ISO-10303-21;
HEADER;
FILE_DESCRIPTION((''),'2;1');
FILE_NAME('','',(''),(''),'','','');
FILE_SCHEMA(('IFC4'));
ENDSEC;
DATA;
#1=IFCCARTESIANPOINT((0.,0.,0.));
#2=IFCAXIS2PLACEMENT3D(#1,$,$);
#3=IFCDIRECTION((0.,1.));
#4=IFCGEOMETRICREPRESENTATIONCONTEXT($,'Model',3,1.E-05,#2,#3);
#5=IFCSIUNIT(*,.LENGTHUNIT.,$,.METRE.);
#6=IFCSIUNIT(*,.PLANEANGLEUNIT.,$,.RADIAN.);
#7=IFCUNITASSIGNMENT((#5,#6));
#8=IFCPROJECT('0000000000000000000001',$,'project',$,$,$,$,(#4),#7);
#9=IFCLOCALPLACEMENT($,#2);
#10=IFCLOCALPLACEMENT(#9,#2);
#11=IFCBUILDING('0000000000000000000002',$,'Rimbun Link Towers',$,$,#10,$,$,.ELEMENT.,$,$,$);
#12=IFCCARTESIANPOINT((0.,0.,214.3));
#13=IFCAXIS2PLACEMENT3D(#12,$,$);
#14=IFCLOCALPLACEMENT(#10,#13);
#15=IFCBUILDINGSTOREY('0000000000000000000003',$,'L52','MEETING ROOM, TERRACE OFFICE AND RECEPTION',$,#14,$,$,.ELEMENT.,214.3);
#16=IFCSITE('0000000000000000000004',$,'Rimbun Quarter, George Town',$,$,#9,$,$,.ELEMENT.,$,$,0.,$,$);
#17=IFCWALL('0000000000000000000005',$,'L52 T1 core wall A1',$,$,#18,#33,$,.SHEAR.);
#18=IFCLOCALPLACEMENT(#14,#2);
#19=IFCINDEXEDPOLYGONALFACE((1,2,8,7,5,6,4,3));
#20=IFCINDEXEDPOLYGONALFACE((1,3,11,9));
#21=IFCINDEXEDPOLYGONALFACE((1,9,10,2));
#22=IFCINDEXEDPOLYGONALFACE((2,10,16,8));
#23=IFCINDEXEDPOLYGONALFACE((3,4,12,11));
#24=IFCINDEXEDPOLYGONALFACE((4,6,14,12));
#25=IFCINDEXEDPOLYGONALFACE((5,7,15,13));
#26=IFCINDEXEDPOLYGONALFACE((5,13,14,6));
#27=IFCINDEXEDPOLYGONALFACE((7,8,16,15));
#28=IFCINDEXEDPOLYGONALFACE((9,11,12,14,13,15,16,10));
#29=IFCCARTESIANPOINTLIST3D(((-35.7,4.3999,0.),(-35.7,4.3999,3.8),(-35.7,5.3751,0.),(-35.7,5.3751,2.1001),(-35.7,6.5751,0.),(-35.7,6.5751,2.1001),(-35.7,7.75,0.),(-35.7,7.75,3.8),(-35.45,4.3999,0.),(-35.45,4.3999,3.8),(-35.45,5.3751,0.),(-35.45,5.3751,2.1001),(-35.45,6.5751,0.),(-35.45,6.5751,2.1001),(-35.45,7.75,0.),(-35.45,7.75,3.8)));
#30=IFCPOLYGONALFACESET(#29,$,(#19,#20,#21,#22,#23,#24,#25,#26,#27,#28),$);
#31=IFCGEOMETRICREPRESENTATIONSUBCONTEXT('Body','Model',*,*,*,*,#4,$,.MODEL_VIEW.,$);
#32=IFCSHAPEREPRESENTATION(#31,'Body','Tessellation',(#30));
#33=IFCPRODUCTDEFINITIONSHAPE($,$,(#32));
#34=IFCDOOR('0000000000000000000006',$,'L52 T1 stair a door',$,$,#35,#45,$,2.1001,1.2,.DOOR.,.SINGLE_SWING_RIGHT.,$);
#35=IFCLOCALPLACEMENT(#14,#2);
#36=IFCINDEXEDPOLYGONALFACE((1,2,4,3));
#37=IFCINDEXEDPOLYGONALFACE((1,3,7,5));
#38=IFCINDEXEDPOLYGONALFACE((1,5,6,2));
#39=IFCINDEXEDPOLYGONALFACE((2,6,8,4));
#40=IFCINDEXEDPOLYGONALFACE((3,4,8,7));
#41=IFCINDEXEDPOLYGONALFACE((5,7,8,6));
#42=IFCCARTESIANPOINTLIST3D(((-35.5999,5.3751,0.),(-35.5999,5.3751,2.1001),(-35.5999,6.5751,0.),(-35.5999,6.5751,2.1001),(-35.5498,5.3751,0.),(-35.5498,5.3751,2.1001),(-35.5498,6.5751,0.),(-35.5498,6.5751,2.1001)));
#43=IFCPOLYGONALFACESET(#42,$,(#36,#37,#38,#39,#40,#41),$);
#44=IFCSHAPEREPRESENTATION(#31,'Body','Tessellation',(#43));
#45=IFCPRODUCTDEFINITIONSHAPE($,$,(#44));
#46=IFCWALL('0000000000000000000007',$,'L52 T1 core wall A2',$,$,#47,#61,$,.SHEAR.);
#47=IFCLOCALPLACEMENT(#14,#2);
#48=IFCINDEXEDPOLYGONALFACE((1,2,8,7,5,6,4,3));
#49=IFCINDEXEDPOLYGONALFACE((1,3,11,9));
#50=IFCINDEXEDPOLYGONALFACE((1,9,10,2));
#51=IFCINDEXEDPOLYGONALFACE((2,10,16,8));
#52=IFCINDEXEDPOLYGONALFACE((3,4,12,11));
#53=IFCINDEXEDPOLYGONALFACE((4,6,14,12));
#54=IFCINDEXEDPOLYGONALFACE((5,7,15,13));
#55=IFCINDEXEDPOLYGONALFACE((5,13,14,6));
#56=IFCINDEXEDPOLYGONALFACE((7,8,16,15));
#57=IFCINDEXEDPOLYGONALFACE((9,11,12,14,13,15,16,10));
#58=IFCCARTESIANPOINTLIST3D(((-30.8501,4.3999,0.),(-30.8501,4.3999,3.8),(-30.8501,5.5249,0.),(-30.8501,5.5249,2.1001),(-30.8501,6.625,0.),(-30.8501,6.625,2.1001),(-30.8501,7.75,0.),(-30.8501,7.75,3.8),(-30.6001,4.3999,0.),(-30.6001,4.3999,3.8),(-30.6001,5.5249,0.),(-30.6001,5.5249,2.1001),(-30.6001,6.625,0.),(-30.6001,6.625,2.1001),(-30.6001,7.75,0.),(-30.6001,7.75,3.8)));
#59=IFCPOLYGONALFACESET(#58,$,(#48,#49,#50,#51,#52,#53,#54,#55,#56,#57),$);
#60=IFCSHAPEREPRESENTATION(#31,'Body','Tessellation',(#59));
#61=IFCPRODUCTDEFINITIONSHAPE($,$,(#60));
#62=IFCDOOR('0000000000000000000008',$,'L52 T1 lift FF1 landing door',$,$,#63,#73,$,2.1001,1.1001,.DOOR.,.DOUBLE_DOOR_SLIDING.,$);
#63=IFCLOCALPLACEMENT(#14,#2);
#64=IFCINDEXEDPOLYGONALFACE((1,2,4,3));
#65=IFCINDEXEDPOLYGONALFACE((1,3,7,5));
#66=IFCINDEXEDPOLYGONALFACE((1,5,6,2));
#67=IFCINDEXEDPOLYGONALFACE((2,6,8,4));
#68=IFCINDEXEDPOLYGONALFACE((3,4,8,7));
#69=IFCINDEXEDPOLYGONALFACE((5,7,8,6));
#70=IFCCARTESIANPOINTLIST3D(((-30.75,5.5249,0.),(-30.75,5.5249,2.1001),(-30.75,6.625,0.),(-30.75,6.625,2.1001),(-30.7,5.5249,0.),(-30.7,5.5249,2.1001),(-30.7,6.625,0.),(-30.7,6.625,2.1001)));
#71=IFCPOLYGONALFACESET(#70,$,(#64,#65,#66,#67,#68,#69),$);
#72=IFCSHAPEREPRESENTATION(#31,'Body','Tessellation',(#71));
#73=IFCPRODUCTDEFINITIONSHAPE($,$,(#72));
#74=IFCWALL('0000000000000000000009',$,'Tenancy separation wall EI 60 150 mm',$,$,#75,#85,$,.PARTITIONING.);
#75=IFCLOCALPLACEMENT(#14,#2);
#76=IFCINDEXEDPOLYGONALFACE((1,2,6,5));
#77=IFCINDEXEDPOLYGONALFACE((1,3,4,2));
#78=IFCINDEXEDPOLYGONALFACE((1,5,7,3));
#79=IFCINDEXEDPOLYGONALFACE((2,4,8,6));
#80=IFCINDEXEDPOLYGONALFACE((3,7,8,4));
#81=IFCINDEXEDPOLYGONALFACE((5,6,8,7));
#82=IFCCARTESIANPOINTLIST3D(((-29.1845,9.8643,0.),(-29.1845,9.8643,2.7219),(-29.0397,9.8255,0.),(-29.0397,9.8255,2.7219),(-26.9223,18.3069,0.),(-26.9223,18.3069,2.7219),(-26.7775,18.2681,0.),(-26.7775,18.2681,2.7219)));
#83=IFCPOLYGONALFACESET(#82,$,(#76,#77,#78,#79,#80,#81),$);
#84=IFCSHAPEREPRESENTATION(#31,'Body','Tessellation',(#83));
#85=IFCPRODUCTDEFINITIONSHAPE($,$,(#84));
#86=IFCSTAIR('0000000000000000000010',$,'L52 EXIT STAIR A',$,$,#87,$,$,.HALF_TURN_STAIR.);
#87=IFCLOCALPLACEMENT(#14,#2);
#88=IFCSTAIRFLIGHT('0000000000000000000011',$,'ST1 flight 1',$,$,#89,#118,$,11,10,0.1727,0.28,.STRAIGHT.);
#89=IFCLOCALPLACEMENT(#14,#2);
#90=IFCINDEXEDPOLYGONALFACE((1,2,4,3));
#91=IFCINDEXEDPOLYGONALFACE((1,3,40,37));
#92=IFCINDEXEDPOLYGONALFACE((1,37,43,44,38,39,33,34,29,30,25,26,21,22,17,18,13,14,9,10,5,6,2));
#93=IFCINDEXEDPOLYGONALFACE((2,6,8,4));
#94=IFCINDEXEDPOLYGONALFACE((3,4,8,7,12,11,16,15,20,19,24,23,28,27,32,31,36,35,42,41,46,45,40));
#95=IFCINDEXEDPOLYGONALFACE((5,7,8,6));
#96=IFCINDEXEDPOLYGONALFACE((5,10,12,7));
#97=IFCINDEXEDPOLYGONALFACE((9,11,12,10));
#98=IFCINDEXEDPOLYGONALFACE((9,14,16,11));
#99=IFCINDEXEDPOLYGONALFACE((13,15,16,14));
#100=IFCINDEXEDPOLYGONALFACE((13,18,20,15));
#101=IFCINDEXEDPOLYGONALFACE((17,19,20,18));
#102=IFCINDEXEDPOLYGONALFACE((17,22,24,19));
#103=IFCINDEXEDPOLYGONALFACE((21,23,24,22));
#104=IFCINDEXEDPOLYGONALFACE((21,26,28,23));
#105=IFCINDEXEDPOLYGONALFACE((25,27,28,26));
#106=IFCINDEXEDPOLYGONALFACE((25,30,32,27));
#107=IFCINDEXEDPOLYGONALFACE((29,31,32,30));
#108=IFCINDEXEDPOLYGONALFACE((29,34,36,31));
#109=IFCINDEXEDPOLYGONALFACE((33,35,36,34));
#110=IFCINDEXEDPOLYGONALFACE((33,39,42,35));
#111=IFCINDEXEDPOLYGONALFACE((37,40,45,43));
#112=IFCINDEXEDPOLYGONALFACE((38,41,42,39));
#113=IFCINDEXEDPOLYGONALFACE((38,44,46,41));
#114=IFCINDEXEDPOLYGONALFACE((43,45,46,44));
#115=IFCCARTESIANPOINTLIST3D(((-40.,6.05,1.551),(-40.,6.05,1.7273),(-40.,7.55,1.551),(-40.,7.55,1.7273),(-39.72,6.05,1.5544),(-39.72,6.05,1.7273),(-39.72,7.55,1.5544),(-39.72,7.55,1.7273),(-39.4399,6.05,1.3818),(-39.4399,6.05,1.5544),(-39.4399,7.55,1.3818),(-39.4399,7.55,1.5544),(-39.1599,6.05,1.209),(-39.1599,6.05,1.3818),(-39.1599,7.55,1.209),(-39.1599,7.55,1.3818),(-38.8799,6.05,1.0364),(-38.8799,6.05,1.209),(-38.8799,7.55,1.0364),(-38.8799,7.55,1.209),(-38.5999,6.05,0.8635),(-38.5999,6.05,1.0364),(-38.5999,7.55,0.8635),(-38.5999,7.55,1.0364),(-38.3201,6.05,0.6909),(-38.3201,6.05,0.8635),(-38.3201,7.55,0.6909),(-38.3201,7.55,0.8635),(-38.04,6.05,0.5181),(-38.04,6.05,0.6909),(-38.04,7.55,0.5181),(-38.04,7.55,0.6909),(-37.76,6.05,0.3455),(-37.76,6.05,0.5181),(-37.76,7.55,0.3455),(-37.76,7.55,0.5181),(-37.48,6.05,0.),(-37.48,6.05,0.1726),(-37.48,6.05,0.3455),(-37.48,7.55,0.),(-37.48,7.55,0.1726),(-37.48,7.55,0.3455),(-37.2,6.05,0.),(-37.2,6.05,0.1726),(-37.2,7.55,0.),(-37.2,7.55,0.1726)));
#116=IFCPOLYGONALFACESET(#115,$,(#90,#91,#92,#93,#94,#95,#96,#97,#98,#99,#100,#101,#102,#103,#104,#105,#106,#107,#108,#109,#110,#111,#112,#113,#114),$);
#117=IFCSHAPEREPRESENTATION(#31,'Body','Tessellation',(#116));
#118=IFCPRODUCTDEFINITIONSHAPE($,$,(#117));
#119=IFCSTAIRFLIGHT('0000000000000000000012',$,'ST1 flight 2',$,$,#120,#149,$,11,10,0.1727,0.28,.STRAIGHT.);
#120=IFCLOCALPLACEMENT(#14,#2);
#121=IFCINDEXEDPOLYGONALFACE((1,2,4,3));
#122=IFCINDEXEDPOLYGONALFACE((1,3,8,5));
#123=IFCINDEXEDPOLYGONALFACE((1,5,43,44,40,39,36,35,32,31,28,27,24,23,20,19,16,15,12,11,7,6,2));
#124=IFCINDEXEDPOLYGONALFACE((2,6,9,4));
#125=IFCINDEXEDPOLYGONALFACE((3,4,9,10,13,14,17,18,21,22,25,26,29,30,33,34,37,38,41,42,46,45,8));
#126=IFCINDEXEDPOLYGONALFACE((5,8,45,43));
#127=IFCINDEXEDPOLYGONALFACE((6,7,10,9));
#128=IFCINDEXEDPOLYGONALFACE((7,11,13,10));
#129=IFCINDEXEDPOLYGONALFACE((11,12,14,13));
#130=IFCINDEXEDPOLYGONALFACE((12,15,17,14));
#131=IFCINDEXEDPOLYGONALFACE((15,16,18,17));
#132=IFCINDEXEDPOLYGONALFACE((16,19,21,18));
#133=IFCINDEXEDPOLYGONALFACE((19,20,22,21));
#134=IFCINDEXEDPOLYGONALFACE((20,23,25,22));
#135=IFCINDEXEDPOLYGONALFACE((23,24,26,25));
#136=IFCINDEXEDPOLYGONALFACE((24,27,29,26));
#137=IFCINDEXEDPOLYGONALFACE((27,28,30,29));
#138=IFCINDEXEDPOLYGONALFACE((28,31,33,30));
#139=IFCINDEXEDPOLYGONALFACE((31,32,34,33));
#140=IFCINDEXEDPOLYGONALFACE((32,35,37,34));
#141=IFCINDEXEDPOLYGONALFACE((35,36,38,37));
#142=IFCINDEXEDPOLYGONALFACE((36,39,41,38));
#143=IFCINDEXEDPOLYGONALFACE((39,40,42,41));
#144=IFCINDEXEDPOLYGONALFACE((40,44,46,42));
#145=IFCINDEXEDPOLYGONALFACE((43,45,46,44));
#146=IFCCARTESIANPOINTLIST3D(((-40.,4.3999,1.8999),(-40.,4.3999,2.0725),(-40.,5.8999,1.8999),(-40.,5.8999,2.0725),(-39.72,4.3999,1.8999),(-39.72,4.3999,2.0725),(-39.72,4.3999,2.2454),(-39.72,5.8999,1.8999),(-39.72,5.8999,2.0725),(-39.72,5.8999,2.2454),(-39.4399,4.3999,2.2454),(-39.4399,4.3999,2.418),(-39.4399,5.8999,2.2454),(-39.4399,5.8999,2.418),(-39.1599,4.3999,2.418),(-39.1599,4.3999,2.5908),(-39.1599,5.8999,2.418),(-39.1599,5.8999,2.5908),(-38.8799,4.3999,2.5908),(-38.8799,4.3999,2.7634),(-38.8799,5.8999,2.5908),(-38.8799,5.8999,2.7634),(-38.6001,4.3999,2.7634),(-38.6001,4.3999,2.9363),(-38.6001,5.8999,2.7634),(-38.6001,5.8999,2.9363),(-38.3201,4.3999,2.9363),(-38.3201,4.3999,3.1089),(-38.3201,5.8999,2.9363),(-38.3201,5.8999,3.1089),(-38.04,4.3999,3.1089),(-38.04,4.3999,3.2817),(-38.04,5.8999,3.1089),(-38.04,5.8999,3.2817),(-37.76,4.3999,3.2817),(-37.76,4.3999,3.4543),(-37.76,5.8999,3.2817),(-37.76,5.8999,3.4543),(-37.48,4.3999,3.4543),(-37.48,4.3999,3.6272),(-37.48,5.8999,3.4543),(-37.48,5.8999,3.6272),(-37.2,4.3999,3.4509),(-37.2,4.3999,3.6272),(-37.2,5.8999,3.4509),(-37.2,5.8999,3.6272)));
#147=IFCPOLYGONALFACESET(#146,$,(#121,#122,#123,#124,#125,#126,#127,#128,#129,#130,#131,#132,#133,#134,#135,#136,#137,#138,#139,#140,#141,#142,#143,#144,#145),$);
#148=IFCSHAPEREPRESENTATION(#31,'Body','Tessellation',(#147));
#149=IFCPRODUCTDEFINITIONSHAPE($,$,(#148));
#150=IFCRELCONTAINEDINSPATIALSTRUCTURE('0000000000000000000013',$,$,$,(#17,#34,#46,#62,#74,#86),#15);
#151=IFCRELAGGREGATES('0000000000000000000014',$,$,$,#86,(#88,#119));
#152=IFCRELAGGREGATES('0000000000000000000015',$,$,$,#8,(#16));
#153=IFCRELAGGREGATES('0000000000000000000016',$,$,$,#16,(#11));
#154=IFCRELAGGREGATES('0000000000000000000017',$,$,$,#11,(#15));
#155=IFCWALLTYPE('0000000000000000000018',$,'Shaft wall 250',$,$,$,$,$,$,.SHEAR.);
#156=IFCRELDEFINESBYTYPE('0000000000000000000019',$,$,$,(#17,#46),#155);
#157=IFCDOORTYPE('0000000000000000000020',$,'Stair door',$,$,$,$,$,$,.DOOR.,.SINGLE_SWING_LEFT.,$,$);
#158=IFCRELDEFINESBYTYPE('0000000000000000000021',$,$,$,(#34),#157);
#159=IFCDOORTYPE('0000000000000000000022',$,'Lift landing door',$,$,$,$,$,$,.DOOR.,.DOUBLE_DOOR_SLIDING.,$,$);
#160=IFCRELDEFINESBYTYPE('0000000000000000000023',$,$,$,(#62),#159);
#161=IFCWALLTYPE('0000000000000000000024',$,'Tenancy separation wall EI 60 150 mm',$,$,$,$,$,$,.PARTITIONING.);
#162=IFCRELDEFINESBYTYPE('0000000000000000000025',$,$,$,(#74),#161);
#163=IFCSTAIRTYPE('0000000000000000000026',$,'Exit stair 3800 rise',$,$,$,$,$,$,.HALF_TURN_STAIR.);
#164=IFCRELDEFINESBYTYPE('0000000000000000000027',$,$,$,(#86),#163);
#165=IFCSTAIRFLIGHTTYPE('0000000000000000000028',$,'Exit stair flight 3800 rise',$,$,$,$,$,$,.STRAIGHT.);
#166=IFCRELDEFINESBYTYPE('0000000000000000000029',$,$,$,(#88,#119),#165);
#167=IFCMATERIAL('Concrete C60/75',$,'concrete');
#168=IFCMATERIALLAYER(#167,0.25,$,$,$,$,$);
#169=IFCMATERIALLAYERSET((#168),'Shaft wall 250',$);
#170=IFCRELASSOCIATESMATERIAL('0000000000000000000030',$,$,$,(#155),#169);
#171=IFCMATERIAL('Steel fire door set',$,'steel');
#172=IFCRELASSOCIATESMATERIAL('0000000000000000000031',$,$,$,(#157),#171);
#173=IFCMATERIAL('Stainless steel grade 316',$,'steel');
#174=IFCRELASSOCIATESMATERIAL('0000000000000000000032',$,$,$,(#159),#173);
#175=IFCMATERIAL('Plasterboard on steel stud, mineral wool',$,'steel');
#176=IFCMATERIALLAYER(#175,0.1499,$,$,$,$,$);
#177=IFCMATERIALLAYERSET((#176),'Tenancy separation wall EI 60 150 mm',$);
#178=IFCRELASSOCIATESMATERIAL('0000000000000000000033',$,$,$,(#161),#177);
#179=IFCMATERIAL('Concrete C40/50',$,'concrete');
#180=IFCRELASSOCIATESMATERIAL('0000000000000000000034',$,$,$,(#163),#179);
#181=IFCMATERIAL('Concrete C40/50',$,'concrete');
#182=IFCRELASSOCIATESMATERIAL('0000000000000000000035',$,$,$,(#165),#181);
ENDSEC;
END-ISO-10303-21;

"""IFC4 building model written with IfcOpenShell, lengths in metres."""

from ifc_helpers import new_model, si_unit, direction, frame, frame_2d, origin, place, context, subcontext, project, spatial, polyline, rectangle, outline, extrude, material, layer, layer_set, type_object, element, fill, aggregate, save


model = new_model("IFC4")

# Units and contexts
model_context = context("Model", 3, precision=1e-05, world=origin(), true_north=direction((0.0, 1.0)))
body_context = subcontext(model_context, "Body", "Model", "MODEL_VIEW")
ifc_project = project(units=[si_unit("LENGTHUNIT", "METRE"), si_unit("PLANEANGLEUNIT", "RADIAN")], contexts=[model_context])

# Site, building, storey
site_placement = place(None, origin())
site = spatial("IfcSite", under=ifc_project, at=site_placement, Name="Rimbun Quarter, George Town", CompositionType="ELEMENT", RefElevation=0.0)
building_placement = place(site_placement, origin())
building = spatial("IfcBuilding", under=site, at=building_placement, Name="Rimbun Link Towers", CompositionType="ELEMENT")
storey_placement = place(building_placement, frame((0.0, 0.0, 214.3)))
storey = spatial("IfcBuildingStorey", under=building, at=storey_placement, Name="L52", Description="MEETING ROOM, TERRACE OFFICE AND RECEPTION", CompositionType="ELEMENT", Elevation=214.3)

# Walls, openings, doors
ifc_material_1 = material(Name="Concrete C60/75", Category="concrete")
ifc_layer_1 = layer(ifc_material_1, 0.25)
ifc_layer_set_1 = layer_set([ifc_layer_1], Name="Shaft wall 250")
wall_type_1 = type_object("IfcWallType", Name="Shaft wall 250", PredefinedType="SHEAR", material=ifc_layer_set_1)
wall_1_placement = place(storey_placement, frame((-35.575, 4.3999, 0.0), z_axis=(0.0, 0.0, 1.0), x_axis=(0.0, 1.0, 0.0)))
wall_1 = element("IfcWall", 1, at=wall_1_placement, inside=storey, type_object=wall_type_1, Name="L52 T1 core wall A1", PredefinedType="SHEAR", context=body_context, shape_type="SweptSolid", body=[
    extrude(rectangle(XDim=3.3501, YDim=0.25, at=frame_2d((1.675, 0.0))), origin(), (0.0, 0.0, 1.0), 3.8),
])
opening_1_placement = place(wall_1_placement, frame((0.9751, 0.0, 0.0)))
opening_1 = element("IfcOpeningElement", 2, at=opening_1_placement, cuts=wall_1, PredefinedType="OPENING", context=body_context, shape_type="SweptSolid", body=[
    extrude(rectangle(XDim=1.2, YDim=2.1001, at=frame_2d((0.6001, 1.05))), frame((0.0, 0.135, 0.0), z_axis=(0.0, -1.0, 0.0), x_axis=(1.0, 0.0, 0.0)), (0.0, 0.0, 1.0), 0.27),
])
ifc_material_2 = material(Name="Steel fire door set", Category="steel")
door_type_1 = type_object("IfcDoorType", Name="Stair door", OperationType="SINGLE_SWING_LEFT", PredefinedType="DOOR", material=ifc_material_2)
door_1_placement = place(opening_1_placement, origin())
door_1 = element("IfcDoor", 3, at=door_1_placement, inside=storey, type_object=door_type_1, Name="L52 T1 stair a door", OperationType="SINGLE_SWING_RIGHT", OverallHeight=2.1001, OverallWidth=1.2, PredefinedType="DOOR", context=body_context, shape_type="SweptSolid", body=[
    extrude(rectangle(XDim=1.2, YDim=2.1001, at=frame_2d((0.6001, 1.05))), frame((0.0, 0.0249, 0.0), z_axis=(0.0, -1.0, 0.0), x_axis=(1.0, 0.0, 0.0)), (0.0, 0.0, 1.0), 0.05),
])
fill(opening_1, door_1)
wall_2_placement = place(storey_placement, frame((-30.7251, 4.3999, 0.0), z_axis=(0.0, 0.0, 1.0), x_axis=(0.0, 1.0, 0.0)))
wall_2 = element("IfcWall", 4, at=wall_2_placement, inside=storey, type_object=wall_type_1, Name="L52 T1 core wall A2", PredefinedType="SHEAR", context=body_context, shape_type="SweptSolid", body=[
    extrude(rectangle(XDim=3.3501, YDim=0.25, at=frame_2d((1.675, 0.0))), origin(), (0.0, 0.0, 1.0), 3.8),
])
opening_2_placement = place(wall_2_placement, frame((1.125, 0.0, 0.0)))
opening_2 = element("IfcOpeningElement", 5, at=opening_2_placement, cuts=wall_2, PredefinedType="OPENING", context=body_context, shape_type="SweptSolid", body=[
    extrude(rectangle(XDim=1.1001, YDim=2.1001, at=frame_2d((0.55, 1.05))), frame((0.0, 0.135, 0.0), z_axis=(0.0, -1.0, 0.0), x_axis=(1.0, 0.0, 0.0)), (0.0, 0.0, 1.0), 0.27),
])
ifc_material_3 = material(Name="Stainless steel grade 316", Category="steel")
door_type_2 = type_object("IfcDoorType", Name="Lift landing door", OperationType="DOUBLE_DOOR_SLIDING", PredefinedType="DOOR", material=ifc_material_3)
door_2_placement = place(opening_2_placement, origin())
door_2 = element("IfcDoor", 6, at=door_2_placement, inside=storey, type_object=door_type_2, Name="L52 T1 lift FF1 landing door", OperationType="DOUBLE_DOOR_SLIDING", OverallHeight=2.1001, OverallWidth=1.1001, PredefinedType="DOOR", context=body_context, shape_type="SweptSolid", body=[
    extrude(rectangle(XDim=1.1001, YDim=2.1001, at=frame_2d((0.55, 1.05))), frame((0.0, 0.0249, 0.0), z_axis=(0.0, -1.0, 0.0), x_axis=(1.0, 0.0, 0.0)), (0.0, 0.0, 1.0), 0.05),
])
fill(opening_2, door_2)

# Wall
ifc_material_4 = material(Name="Plasterboard on steel stud, mineral wool", Category="steel")
ifc_layer_2 = layer(ifc_material_4, 0.1499)
ifc_layer_set_2 = layer_set([ifc_layer_2], Name="Tenancy separation wall EI 60 150 mm")
wall_type_2 = type_object("IfcWallType", Name="Tenancy separation wall EI 60 150 mm", PredefinedType="PARTITIONING", material=ifc_layer_set_2)
wall_3_placement = place(storey_placement, frame((-29.1121, 9.845, 0.0), z_axis=(0.0, 0.0, 1.0), x_axis=(0.25882, 0.965925, 0.0)))
element("IfcWall", 7, at=wall_3_placement, inside=storey, type_object=wall_type_2, Name="Tenancy separation wall EI 60 150 mm", PredefinedType="PARTITIONING", context=body_context, shape_type="SweptSolid", body=[
    extrude(rectangle(XDim=8.7405, YDim=0.1499, at=frame_2d((4.3701, 0.0))), origin(), (0.0, 0.0, 1.0), 2.7219),
])

# Stair, stair flights
ifc_material_5 = material(Name="Concrete C40/50", Category="concrete")
stair_type = type_object("IfcStairType", Name="Exit stair 3800 rise", PredefinedType="HALF_TURN_STAIR", material=ifc_material_5)
stair_placement = place(storey_placement, origin())
stair = element("IfcStair", 8, at=stair_placement, inside=storey, type_object=stair_type, Name="L52 EXIT STAIR A", PredefinedType="HALF_TURN_STAIR")
ifc_material_6 = material(Name="Concrete C40/50", Category="concrete")
stair_flight_type = type_object("IfcStairFlightType", Name="Exit stair flight 3800 rise", PredefinedType="STRAIGHT", material=ifc_material_6)
stair_flight_1_placement = place(storey_placement, frame((-37.2, 6.8, 0.0), z_axis=(0.0, 0.0, 1.0), x_axis=(-1.0, 0.0, 0.0)))
stair_flight_1 = element("IfcStairFlight", 9, at=stair_flight_1_placement, type_object=stair_flight_type, Name="ST1 flight 1", NumberOfRisers=11, NumberOfTreads=10, PredefinedType="STRAIGHT", RiserHeight=0.1727, TreadLength=0.28, context=body_context, shape_type="SweptSolid", body=[
    extrude(outline(polyline([(0.0, 0.0), (0.0, 0.1726), (0.28, 0.1726), (0.28, 0.3455), (0.5601, 0.3455), (0.5601, 0.5181), (0.8401, 0.5181), (0.8401, 0.6909), (1.1201, 0.6909), (1.1201, 0.8635), (1.3999, 0.8635), (1.3999, 1.0364), (1.6799, 1.0364), (1.6799, 1.209), (1.96, 1.209), (1.96, 1.3818), (2.24, 1.3818), (2.24, 1.5544), (2.52, 1.5544), (2.52, 1.7273), (2.8, 1.7273), (2.8, 1.8999), (2.8, 1.551), (0.28, 0.0), (0.0, 0.0)])), frame((0.0, 0.75, 0.0), z_axis=(0.0, -1.0, 0.0), x_axis=(1.0, 0.0, 0.0)), (0.0, 0.0, 1.0), 1.5),
])
stair_flight_2_placement = place(storey_placement, frame((-40.0, 5.1499, 1.8999), z_axis=(0.0, 0.0, 1.0), x_axis=(1.0, 0.0, 0.0)))
stair_flight_2 = element("IfcStairFlight", 10, at=stair_flight_2_placement, type_object=stair_flight_type, Name="ST1 flight 2", NumberOfRisers=11, NumberOfTreads=10, PredefinedType="STRAIGHT", RiserHeight=0.1727, TreadLength=0.28, context=body_context, shape_type="SweptSolid", body=[
    extrude(outline(polyline([(0.0, 0.0), (0.0, 0.1726), (0.28, 0.1726), (0.28, 0.3455), (0.5601, 0.3455), (0.5601, 0.5181), (0.8401, 0.5181), (0.8401, 0.6909), (1.1201, 0.6909), (1.1201, 0.8635), (1.3999, 0.8635), (1.3999, 1.0364), (1.6799, 1.0364), (1.6799, 1.209), (1.96, 1.209), (1.96, 1.3818), (2.24, 1.3818), (2.24, 1.5544), (2.52, 1.5544), (2.52, 1.7273), (2.8, 1.7273), (2.8, 1.8999), (2.8, 1.551), (0.28, 0.0), (0.0, 0.0)])), frame((0.0, 0.75, 0.0), z_axis=(0.0, -1.0, 0.0), x_axis=(1.0, 0.0, 0.0)), (0.0, 0.0, 1.0), 1.5),
])
aggregate(stair, [stair_flight_1, stair_flight_2])

save(model, "model.ifc")
